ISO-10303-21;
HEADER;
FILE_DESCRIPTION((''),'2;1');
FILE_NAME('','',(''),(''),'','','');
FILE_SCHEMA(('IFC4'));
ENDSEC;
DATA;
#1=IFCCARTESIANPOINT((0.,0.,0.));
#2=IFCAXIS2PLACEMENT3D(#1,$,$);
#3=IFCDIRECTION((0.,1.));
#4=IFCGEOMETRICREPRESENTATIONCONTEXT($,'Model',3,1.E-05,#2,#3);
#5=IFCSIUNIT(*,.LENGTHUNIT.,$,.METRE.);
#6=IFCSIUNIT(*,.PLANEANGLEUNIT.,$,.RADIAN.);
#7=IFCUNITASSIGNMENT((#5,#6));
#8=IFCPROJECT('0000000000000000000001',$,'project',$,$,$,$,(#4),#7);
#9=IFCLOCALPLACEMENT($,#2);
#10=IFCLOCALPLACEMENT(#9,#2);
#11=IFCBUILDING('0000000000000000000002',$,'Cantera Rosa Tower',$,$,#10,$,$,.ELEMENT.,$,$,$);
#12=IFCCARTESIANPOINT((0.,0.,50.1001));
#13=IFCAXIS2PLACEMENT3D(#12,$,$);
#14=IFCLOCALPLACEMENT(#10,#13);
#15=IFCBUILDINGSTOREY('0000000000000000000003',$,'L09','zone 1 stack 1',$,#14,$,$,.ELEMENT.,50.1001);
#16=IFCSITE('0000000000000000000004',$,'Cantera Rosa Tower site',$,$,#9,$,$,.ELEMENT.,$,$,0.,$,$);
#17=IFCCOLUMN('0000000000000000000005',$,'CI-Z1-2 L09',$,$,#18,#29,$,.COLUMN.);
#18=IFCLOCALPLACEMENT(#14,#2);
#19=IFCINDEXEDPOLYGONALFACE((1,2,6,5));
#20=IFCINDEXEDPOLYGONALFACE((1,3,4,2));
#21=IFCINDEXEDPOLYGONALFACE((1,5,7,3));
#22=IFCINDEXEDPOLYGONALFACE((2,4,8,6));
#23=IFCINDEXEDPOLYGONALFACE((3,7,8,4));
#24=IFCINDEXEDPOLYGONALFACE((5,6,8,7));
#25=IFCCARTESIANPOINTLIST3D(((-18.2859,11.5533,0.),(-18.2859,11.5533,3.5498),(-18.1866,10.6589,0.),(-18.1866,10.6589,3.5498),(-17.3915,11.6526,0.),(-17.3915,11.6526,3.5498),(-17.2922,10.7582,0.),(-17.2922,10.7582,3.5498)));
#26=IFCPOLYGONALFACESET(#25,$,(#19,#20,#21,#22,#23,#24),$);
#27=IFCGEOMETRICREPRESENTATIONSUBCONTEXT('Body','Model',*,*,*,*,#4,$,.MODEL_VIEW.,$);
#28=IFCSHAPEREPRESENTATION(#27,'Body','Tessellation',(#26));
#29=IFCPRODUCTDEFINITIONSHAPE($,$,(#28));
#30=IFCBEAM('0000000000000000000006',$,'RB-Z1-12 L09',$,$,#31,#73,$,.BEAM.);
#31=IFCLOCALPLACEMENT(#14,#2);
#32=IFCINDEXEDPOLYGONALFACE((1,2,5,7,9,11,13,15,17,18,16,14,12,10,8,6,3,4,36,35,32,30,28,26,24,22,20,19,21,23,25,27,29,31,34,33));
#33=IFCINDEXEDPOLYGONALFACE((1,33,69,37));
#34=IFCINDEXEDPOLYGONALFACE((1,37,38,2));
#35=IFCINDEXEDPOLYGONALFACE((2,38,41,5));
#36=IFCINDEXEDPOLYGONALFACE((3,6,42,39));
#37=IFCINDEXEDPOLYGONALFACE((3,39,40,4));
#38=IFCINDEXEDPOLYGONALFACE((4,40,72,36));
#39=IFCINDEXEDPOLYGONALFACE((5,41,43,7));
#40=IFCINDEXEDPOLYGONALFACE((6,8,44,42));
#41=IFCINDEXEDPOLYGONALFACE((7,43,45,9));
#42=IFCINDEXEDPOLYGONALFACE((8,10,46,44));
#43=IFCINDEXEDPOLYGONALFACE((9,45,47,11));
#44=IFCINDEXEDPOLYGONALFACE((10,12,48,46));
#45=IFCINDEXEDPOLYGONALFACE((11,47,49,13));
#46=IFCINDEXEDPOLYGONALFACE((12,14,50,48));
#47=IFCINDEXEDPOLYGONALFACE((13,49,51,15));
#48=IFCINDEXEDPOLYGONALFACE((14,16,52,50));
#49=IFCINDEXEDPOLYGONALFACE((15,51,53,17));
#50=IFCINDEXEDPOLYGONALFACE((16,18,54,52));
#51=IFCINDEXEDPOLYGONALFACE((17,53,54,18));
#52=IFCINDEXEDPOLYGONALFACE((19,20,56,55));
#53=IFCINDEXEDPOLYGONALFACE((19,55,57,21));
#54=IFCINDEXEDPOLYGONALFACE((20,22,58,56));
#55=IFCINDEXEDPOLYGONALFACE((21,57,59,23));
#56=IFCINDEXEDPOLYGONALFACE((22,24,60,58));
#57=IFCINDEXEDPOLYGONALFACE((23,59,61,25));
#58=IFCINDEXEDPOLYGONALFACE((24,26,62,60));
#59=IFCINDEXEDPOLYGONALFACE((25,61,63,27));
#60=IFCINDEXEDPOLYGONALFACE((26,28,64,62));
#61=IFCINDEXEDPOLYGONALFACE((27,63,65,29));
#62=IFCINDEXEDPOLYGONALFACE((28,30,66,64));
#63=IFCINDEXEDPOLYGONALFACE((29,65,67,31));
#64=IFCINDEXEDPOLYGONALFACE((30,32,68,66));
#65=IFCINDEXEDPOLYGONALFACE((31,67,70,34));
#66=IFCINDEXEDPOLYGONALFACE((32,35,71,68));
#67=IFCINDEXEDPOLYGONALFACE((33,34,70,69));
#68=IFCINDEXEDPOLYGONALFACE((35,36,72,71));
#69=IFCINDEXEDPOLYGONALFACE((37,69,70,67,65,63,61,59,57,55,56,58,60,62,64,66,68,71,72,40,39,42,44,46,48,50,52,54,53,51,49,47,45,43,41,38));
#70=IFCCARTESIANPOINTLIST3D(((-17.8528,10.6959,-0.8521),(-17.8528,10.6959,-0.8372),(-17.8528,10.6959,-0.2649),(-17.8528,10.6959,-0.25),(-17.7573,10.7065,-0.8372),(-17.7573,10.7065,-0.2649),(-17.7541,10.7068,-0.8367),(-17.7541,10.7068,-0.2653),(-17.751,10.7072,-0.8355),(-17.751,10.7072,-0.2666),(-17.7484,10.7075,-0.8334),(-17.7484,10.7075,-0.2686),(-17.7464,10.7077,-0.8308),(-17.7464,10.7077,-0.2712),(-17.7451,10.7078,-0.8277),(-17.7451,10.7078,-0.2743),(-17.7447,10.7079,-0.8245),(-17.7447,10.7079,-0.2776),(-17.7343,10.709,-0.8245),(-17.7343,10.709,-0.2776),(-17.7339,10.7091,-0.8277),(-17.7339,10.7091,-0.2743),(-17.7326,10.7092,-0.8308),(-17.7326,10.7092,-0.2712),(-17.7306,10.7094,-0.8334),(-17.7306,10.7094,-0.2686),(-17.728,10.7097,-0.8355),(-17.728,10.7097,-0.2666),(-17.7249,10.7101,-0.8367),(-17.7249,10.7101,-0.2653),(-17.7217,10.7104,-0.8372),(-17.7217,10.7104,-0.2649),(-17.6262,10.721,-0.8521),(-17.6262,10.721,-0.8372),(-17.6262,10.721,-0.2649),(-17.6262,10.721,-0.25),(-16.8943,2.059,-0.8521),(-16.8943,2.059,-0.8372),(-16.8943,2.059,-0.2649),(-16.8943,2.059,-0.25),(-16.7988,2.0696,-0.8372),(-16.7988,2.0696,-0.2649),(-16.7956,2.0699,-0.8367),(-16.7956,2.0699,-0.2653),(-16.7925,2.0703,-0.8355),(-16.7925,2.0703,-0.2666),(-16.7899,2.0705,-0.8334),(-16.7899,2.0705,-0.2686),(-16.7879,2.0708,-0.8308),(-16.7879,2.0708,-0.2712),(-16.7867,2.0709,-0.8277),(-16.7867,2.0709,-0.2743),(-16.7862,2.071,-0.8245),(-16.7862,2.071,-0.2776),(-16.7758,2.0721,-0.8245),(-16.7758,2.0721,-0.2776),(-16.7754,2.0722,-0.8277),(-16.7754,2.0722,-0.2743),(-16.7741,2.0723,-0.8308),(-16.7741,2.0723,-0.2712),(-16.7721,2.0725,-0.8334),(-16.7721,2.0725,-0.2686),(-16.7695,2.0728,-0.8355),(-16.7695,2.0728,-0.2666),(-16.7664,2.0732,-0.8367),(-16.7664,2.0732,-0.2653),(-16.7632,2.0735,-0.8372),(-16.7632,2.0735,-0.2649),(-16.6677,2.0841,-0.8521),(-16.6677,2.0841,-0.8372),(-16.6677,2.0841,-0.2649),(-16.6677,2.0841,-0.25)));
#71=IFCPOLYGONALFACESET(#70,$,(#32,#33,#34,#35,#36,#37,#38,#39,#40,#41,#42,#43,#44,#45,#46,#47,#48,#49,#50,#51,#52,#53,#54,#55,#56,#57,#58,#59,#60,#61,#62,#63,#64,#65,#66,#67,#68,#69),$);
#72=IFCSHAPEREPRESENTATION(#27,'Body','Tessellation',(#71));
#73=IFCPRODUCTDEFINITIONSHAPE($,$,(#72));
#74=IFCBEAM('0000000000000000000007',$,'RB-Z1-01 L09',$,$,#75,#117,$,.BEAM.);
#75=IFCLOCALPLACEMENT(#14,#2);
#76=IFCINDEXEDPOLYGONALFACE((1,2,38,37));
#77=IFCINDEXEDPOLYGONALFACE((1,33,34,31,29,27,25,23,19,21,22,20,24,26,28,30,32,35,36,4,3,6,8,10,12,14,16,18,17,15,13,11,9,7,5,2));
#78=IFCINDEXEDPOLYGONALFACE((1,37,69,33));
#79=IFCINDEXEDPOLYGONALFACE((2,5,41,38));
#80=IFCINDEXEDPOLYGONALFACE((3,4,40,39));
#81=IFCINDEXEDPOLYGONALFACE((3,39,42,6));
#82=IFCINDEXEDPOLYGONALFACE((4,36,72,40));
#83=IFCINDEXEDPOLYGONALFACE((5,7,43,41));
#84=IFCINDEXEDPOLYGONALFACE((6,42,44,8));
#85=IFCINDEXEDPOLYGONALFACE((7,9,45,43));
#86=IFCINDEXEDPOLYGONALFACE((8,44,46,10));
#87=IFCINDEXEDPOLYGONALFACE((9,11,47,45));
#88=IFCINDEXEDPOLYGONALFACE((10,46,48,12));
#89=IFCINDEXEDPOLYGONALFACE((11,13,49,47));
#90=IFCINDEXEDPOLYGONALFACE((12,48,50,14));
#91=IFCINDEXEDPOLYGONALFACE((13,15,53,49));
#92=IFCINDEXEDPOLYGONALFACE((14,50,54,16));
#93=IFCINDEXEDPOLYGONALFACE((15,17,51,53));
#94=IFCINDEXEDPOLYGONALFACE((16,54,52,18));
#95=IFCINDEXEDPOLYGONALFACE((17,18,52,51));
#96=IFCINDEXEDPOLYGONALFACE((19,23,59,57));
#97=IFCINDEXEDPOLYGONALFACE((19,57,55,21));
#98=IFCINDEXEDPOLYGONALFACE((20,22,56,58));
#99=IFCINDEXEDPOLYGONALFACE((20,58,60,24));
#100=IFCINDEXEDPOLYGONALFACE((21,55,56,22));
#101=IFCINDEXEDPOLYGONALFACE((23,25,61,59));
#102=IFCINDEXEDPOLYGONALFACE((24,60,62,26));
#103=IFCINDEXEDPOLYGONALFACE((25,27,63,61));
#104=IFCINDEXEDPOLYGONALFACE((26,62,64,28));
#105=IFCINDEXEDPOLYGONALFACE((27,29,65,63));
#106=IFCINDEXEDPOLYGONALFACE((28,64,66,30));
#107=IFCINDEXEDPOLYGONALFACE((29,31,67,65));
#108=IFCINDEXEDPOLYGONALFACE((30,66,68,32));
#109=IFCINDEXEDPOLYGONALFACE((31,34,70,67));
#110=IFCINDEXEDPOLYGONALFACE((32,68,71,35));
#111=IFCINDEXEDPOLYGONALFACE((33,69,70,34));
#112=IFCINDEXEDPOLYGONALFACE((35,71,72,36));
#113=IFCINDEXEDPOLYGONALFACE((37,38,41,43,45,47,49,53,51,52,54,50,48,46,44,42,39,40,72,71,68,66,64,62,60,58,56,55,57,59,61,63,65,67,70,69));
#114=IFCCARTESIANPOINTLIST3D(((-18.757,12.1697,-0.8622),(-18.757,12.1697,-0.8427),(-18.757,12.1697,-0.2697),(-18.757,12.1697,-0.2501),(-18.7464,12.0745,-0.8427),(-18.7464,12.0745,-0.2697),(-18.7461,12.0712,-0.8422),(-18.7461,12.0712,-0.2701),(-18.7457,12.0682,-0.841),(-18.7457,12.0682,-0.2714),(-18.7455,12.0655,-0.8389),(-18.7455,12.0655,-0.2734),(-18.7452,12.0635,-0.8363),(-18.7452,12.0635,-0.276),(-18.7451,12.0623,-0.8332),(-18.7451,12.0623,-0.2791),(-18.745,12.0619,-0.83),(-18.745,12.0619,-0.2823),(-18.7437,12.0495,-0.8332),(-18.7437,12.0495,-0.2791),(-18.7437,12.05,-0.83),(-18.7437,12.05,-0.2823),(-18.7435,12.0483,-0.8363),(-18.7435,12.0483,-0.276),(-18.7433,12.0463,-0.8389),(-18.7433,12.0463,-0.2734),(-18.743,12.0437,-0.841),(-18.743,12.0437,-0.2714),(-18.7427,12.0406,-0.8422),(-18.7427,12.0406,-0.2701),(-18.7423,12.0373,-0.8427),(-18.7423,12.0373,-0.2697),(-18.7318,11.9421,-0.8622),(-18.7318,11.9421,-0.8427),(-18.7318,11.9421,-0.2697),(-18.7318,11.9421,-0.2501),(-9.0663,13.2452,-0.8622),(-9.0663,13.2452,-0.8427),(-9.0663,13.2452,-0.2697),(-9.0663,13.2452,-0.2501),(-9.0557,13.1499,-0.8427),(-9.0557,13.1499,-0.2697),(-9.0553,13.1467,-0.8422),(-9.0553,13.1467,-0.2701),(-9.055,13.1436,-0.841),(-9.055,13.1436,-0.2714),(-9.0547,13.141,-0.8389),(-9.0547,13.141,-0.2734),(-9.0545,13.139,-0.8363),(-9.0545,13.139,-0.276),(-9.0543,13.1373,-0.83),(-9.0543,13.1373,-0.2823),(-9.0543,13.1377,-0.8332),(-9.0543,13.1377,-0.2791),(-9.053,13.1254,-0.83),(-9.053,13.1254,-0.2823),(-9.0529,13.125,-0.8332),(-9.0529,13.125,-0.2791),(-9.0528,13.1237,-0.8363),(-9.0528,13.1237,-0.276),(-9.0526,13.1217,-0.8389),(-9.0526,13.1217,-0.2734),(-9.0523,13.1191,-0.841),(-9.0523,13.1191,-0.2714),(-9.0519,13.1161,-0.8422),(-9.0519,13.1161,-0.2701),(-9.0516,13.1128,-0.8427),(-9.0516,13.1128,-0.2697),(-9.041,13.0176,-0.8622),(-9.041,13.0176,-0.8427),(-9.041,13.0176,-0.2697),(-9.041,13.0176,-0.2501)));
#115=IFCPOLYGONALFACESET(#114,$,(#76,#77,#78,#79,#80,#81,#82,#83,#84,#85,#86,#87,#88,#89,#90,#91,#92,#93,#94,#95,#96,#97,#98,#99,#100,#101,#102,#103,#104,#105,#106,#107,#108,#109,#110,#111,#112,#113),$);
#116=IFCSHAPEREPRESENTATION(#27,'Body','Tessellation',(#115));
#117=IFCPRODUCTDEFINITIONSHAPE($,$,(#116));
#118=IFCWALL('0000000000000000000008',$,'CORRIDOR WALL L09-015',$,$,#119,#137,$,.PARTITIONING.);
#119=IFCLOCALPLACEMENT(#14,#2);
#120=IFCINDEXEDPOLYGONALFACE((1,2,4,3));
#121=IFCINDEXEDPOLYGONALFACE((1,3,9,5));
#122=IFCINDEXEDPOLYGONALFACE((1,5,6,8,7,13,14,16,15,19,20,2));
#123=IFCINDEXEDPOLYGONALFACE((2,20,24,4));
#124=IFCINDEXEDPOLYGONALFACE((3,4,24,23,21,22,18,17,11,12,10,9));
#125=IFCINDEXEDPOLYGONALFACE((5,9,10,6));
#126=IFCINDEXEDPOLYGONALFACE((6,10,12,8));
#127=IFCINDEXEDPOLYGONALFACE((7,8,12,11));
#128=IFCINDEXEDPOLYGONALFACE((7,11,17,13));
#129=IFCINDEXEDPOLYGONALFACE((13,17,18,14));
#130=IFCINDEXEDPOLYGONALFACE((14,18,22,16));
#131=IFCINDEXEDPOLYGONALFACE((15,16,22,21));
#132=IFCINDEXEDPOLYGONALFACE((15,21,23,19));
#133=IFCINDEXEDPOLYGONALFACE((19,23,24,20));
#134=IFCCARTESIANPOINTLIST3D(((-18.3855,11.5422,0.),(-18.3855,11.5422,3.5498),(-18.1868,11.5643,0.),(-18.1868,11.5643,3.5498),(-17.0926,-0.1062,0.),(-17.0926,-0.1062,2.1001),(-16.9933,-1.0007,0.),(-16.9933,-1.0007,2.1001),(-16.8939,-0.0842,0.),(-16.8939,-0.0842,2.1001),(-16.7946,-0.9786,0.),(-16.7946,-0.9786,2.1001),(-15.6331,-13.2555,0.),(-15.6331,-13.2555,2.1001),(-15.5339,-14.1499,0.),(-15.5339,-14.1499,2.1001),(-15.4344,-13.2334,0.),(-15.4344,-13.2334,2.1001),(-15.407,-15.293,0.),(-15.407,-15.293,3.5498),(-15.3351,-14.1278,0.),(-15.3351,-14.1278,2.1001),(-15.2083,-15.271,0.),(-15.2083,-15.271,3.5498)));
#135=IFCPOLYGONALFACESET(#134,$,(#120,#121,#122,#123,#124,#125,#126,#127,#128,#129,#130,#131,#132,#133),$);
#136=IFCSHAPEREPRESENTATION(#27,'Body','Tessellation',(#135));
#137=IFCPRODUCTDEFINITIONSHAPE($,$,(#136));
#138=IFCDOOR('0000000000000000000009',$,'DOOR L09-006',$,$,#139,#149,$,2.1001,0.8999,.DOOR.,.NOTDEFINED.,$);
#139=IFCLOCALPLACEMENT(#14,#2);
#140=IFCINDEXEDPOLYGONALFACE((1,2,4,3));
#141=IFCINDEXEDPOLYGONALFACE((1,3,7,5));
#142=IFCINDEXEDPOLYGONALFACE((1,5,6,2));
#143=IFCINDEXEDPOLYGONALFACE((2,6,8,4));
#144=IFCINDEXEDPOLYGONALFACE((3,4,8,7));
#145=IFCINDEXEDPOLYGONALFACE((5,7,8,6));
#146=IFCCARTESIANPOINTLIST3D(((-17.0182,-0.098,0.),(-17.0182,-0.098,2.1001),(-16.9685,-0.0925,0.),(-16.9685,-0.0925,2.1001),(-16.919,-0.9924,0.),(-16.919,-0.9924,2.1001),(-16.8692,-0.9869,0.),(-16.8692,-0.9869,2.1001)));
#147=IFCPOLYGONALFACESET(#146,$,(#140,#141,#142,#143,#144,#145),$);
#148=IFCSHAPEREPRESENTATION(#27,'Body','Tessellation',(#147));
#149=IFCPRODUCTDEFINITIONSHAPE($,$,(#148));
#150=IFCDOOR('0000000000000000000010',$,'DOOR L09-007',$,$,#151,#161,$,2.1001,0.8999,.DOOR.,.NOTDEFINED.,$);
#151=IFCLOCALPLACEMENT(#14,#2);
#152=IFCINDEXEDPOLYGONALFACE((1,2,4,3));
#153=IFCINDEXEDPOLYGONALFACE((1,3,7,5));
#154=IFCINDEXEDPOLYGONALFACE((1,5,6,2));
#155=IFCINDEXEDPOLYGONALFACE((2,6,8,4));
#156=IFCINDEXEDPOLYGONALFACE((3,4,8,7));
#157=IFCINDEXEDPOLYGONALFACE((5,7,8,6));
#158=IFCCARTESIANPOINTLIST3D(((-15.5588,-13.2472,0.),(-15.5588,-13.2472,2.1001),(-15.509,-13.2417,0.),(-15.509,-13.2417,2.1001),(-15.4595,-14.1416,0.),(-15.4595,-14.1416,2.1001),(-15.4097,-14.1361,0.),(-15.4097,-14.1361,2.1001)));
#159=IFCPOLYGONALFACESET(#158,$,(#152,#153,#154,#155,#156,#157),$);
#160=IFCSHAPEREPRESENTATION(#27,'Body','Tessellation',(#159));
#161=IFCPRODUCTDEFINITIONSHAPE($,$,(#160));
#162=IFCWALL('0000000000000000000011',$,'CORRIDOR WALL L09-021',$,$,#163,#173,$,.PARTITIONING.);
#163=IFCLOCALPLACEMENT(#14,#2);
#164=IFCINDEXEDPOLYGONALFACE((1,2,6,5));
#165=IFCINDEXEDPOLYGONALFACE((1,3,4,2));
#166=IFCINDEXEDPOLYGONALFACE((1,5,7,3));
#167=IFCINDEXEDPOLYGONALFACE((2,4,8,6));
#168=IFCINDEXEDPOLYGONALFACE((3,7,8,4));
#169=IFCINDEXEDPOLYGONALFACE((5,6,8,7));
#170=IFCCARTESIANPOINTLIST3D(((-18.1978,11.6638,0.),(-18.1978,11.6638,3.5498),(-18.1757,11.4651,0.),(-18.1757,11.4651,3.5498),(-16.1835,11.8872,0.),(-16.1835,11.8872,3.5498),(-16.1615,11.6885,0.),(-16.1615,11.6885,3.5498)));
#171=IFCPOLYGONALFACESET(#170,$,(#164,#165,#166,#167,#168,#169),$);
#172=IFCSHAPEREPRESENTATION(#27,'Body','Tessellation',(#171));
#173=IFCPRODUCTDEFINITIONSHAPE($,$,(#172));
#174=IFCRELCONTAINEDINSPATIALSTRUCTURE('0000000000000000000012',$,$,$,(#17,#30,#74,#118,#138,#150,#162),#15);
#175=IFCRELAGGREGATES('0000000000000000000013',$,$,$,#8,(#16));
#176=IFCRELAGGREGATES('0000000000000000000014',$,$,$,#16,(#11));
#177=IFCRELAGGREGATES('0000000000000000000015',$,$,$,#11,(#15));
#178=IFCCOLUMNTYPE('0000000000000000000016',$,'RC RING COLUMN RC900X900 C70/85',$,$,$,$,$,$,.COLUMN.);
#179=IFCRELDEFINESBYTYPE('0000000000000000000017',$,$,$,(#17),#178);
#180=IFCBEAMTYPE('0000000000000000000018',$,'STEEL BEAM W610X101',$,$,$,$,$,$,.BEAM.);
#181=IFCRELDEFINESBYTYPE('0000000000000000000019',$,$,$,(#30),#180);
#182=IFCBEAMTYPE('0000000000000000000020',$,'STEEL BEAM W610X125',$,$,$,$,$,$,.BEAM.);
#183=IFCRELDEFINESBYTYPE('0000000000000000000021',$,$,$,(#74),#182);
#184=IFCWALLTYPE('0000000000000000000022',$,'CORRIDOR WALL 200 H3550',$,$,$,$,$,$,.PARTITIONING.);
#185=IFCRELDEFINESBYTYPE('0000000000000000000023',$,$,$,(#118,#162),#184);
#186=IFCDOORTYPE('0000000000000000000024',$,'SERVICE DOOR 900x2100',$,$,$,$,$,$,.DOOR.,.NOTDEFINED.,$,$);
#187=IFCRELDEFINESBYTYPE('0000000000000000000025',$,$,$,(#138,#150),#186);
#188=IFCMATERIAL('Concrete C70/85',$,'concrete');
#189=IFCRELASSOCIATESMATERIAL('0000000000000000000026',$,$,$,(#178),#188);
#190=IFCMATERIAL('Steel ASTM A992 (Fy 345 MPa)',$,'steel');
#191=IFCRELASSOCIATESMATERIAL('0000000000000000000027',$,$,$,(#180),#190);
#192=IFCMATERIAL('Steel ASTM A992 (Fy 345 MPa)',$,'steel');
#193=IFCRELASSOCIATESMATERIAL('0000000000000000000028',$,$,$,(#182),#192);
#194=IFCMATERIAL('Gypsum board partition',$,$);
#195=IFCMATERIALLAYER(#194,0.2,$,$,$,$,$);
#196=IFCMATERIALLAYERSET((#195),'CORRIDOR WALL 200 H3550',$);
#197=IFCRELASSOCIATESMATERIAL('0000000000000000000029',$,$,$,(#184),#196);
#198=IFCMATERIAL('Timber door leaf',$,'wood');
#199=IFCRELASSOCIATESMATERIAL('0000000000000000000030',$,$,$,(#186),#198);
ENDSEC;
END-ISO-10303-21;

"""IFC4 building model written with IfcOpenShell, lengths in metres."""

from ifc_helpers import new_model, si_unit, direction, frame, frame_2d, origin, origin_2d, place, context, subcontext, project, spatial, rectangle, i_section, extrude, material, layer, layer_set, material_profile, profile_set, type_object, element, fill, save


model = new_model("IFC4")

# Units and contexts
model_context = context("Model", 3, precision=1e-05, world=origin(), true_north=direction((0.0, 1.0)))
body_context = subcontext(model_context, "Body", "Model", "MODEL_VIEW")
ifc_project = project(units=[si_unit("LENGTHUNIT", "METRE"), si_unit("PLANEANGLEUNIT", "RADIAN")], contexts=[model_context])

# Site, building, storey
site_placement = place(None, origin())
site = spatial("IfcSite", under=ifc_project, at=site_placement, Name="Cantera Rosa Tower site", CompositionType="ELEMENT", RefElevation=0.0)
building_placement = place(site_placement, origin())
building = spatial("IfcBuilding", under=site, at=building_placement, Name="Cantera Rosa Tower", CompositionType="ELEMENT")
storey_placement = place(building_placement, frame((0.0, 0.0, 50.1001)))
storey = spatial("IfcBuildingStorey", under=building, at=storey_placement, Name="L09", Description="zone 1 stack 1", CompositionType="ELEMENT", Elevation=50.1001)

# Column
ifc_material_1 = material(Name="Concrete C70/85", Category="concrete")
ifc_material_profile_1 = material_profile(ifc_material_1, rectangle(XDim=0.8999, YDim=0.8999, at=origin_2d()), Name="RC RING COLUMN RC900X900 C70/85")
ifc_profile_set_1 = profile_set([ifc_material_profile_1], Name="Concrete C70/85")
column_type = type_object("IfcColumnType", Name="RC RING COLUMN RC900X900 C70/85", PredefinedType="COLUMN", material=ifc_profile_set_1)
column_placement = place(storey_placement, frame((-17.7891, 11.1558, 0.0), z_axis=(0.0, 0.0, 1.0), x_axis=(0.993897, 0.110313, 0.0)))
element("IfcColumn", 1, at=column_placement, inside=storey, type_object=column_type, Name="CI-Z1-2 L09", PredefinedType="COLUMN", context=body_context, shape_type="SweptSolid", body=[
    extrude(rectangle(XDim=0.8999, YDim=0.8999, at=origin_2d()), origin(), (0.0, 0.0, 1.0), 3.5498),
])

# Beams
ifc_material_2 = material(Name="Steel ASTM A992 (Fy 345 MPa)", Category="steel")
ifc_material_profile_2 = material_profile(ifc_material_2, i_section(OverallWidth=0.228, OverallDepth=0.6021, WebThickness=0.0105, FlangeThickness=0.0149, FilletRadius=0.0127, at=origin_2d()), Name="W610X101")
ifc_profile_set_2 = profile_set([ifc_material_profile_2], Name="Steel ASTM A992 (Fy 345 MPa)")
beam_type_1 = type_object("IfcBeamType", Name="STEEL BEAM W610X101", PredefinedType="BEAM", material=ifc_profile_set_2)
beam_1_placement = place(storey_placement, frame((-16.781, 2.0715, -0.551), z_axis=(-0.110299, 0.993898, 0.0), x_axis=(-0.993898, -0.110299, 0.0)))
element("IfcBeam", 2, at=beam_1_placement, inside=storey, type_object=beam_type_1, Name="RB-Z1-12 L09", PredefinedType="BEAM", context=body_context, shape_type="SweptSolid", body=[
    extrude(i_section(OverallWidth=0.228, OverallDepth=0.6021, WebThickness=0.0105, FlangeThickness=0.0149, FilletRadius=0.0127, at=origin_2d()), origin(), (0.0, 0.0, 1.0), 8.6899),
])
ifc_material_3 = material(Name="Steel ASTM A992 (Fy 345 MPa)", Category="steel")
ifc_material_profile_3 = material_profile(ifc_material_3, i_section(OverallWidth=0.229, OverallDepth=0.6121, WebThickness=0.012, FlangeThickness=0.0195, FilletRadius=0.0127, at=origin_2d()), Name="W610X125")
ifc_profile_set_3 = profile_set([ifc_material_profile_3], Name="Steel ASTM A992 (Fy 345 MPa)")
beam_type_2 = type_object("IfcBeamType", Name="STEEL BEAM W610X125", PredefinedType="BEAM", material=ifc_profile_set_3)
beam_2_placement = place(storey_placement, frame((-18.7444, 12.0559, -0.5562), z_axis=(0.993898, 0.1103, 0.0), x_axis=(-0.1103, 0.993898, 0.0)))
element("IfcBeam", 3, at=beam_2_placement, inside=storey, type_object=beam_type_2, Name="RB-Z1-01 L09", PredefinedType="BEAM", context=body_context, shape_type="SweptSolid", body=[
    extrude(i_section(OverallWidth=0.229, OverallDepth=0.6121, WebThickness=0.012, FlangeThickness=0.0195, FilletRadius=0.0127, at=origin_2d()), origin(), (0.0, 0.0, 1.0), 9.7502),
])

# Wall, openings, doors
ifc_material_4 = material(Name="Gypsum board partition")
ifc_layer_1 = layer(ifc_material_4, 0.2)
ifc_layer_set_1 = layer_set([ifc_layer_1], Name="CORRIDOR WALL 200 H3550")
wall_type_1 = type_object("IfcWallType", Name="CORRIDOR WALL 200 H3550", PredefinedType="PARTITIONING", material=ifc_layer_set_1)
wall_1_placement = place(storey_placement, frame((-18.2861, 11.5532, 0.0), z_axis=(0.0, 0.0, 1.0), x_axis=(0.110315, -0.993897, 0.0)))
wall_1 = element("IfcWall", 4, at=wall_1_placement, inside=storey, type_object=wall_type_1, Name="CORRIDOR WALL L09-015", PredefinedType="PARTITIONING", context=body_context, shape_type="SweptSolid", body=[
    extrude(rectangle(XDim=27.0, YDim=0.2, at=frame_2d((13.5, 0.0))), origin(), (0.0, 0.0, 1.0), 3.5498),
])
opening_1_placement = place(wall_1_placement, frame((11.72, 0.0, 0.0)))
opening_1 = element("IfcOpeningElement", 5, at=opening_1_placement, cuts=wall_1, PredefinedType="OPENING", context=body_context, shape_type="SweptSolid", body=[
    extrude(rectangle(XDim=0.8999, YDim=2.1001, at=frame_2d((0.45, 1.05))), frame((0.0, 0.1099, 0.0), z_axis=(0.0, -1.0, 0.0), x_axis=(1.0, 0.0, 0.0)), (0.0, 0.0, 1.0), 0.22),
])
opening_2_placement = place(wall_1_placement, frame((24.95, 0.0, 0.0)))
opening_2 = element("IfcOpeningElement", 6, at=opening_2_placement, cuts=wall_1, PredefinedType="OPENING", context=body_context, shape_type="SweptSolid", body=[
    extrude(rectangle(XDim=0.8999, YDim=2.1001, at=frame_2d((0.45, 1.05))), frame((0.0, 0.1099, 0.0), z_axis=(0.0, -1.0, 0.0), x_axis=(1.0, 0.0, 0.0)), (0.0, 0.0, 1.0), 0.22),
])
ifc_material_5 = material(Name="Timber door leaf", Category="wood")
door_type = type_object("IfcDoorType", Name="SERVICE DOOR 900x2100", OperationType="NOTDEFINED", PredefinedType="DOOR", material=ifc_material_5)
door_1_placement = place(opening_1_placement, origin())
door_1 = element("IfcDoor", 7, at=door_1_placement, inside=storey, type_object=door_type, Name="DOOR L09-006", OperationType="NOTDEFINED", OverallHeight=2.1001, OverallWidth=0.8999, PredefinedType="DOOR", context=body_context, shape_type="SweptSolid", body=[
    extrude(rectangle(XDim=0.8999, YDim=2.1001, at=frame_2d((0.45, 1.05))), frame((0.0, 0.0249, 0.0), z_axis=(0.0, -1.0, 0.0), x_axis=(1.0, 0.0, 0.0)), (0.0, 0.0, 1.0), 0.05),
])
fill(opening_1, door_1)
door_2_placement = place(opening_2_placement, origin())
door_2 = element("IfcDoor", 8, at=door_2_placement, inside=storey, type_object=door_type, Name="DOOR L09-007", OperationType="NOTDEFINED", OverallHeight=2.1001, OverallWidth=0.8999, PredefinedType="DOOR", context=body_context, shape_type="SweptSolid", body=[
    extrude(rectangle(XDim=0.8999, YDim=2.1001, at=frame_2d((0.45, 1.05))), frame((0.0, 0.0249, 0.0), z_axis=(0.0, -1.0, 0.0), x_axis=(1.0, 0.0, 0.0)), (0.0, 0.0, 1.0), 0.05),
])
fill(opening_2, door_2)

# Wall
wall_2_placement = place(storey_placement, frame((-16.1726, 11.7878, 0.0), z_axis=(0.0, 0.0, 1.0), x_axis=(-0.993906, -0.110233, 0.0)))
element("IfcWall", 9, at=wall_2_placement, inside=storey, type_object=wall_type_1, Name="CORRIDOR WALL L09-021", PredefinedType="PARTITIONING", context=body_context, shape_type="SweptSolid", body=[
    extrude(rectangle(XDim=2.0266, YDim=0.2, at=frame_2d((1.0132, 0.0))), origin(), (0.0, 0.0, 1.0), 3.5498),
])

save(model, "model.ifc")
